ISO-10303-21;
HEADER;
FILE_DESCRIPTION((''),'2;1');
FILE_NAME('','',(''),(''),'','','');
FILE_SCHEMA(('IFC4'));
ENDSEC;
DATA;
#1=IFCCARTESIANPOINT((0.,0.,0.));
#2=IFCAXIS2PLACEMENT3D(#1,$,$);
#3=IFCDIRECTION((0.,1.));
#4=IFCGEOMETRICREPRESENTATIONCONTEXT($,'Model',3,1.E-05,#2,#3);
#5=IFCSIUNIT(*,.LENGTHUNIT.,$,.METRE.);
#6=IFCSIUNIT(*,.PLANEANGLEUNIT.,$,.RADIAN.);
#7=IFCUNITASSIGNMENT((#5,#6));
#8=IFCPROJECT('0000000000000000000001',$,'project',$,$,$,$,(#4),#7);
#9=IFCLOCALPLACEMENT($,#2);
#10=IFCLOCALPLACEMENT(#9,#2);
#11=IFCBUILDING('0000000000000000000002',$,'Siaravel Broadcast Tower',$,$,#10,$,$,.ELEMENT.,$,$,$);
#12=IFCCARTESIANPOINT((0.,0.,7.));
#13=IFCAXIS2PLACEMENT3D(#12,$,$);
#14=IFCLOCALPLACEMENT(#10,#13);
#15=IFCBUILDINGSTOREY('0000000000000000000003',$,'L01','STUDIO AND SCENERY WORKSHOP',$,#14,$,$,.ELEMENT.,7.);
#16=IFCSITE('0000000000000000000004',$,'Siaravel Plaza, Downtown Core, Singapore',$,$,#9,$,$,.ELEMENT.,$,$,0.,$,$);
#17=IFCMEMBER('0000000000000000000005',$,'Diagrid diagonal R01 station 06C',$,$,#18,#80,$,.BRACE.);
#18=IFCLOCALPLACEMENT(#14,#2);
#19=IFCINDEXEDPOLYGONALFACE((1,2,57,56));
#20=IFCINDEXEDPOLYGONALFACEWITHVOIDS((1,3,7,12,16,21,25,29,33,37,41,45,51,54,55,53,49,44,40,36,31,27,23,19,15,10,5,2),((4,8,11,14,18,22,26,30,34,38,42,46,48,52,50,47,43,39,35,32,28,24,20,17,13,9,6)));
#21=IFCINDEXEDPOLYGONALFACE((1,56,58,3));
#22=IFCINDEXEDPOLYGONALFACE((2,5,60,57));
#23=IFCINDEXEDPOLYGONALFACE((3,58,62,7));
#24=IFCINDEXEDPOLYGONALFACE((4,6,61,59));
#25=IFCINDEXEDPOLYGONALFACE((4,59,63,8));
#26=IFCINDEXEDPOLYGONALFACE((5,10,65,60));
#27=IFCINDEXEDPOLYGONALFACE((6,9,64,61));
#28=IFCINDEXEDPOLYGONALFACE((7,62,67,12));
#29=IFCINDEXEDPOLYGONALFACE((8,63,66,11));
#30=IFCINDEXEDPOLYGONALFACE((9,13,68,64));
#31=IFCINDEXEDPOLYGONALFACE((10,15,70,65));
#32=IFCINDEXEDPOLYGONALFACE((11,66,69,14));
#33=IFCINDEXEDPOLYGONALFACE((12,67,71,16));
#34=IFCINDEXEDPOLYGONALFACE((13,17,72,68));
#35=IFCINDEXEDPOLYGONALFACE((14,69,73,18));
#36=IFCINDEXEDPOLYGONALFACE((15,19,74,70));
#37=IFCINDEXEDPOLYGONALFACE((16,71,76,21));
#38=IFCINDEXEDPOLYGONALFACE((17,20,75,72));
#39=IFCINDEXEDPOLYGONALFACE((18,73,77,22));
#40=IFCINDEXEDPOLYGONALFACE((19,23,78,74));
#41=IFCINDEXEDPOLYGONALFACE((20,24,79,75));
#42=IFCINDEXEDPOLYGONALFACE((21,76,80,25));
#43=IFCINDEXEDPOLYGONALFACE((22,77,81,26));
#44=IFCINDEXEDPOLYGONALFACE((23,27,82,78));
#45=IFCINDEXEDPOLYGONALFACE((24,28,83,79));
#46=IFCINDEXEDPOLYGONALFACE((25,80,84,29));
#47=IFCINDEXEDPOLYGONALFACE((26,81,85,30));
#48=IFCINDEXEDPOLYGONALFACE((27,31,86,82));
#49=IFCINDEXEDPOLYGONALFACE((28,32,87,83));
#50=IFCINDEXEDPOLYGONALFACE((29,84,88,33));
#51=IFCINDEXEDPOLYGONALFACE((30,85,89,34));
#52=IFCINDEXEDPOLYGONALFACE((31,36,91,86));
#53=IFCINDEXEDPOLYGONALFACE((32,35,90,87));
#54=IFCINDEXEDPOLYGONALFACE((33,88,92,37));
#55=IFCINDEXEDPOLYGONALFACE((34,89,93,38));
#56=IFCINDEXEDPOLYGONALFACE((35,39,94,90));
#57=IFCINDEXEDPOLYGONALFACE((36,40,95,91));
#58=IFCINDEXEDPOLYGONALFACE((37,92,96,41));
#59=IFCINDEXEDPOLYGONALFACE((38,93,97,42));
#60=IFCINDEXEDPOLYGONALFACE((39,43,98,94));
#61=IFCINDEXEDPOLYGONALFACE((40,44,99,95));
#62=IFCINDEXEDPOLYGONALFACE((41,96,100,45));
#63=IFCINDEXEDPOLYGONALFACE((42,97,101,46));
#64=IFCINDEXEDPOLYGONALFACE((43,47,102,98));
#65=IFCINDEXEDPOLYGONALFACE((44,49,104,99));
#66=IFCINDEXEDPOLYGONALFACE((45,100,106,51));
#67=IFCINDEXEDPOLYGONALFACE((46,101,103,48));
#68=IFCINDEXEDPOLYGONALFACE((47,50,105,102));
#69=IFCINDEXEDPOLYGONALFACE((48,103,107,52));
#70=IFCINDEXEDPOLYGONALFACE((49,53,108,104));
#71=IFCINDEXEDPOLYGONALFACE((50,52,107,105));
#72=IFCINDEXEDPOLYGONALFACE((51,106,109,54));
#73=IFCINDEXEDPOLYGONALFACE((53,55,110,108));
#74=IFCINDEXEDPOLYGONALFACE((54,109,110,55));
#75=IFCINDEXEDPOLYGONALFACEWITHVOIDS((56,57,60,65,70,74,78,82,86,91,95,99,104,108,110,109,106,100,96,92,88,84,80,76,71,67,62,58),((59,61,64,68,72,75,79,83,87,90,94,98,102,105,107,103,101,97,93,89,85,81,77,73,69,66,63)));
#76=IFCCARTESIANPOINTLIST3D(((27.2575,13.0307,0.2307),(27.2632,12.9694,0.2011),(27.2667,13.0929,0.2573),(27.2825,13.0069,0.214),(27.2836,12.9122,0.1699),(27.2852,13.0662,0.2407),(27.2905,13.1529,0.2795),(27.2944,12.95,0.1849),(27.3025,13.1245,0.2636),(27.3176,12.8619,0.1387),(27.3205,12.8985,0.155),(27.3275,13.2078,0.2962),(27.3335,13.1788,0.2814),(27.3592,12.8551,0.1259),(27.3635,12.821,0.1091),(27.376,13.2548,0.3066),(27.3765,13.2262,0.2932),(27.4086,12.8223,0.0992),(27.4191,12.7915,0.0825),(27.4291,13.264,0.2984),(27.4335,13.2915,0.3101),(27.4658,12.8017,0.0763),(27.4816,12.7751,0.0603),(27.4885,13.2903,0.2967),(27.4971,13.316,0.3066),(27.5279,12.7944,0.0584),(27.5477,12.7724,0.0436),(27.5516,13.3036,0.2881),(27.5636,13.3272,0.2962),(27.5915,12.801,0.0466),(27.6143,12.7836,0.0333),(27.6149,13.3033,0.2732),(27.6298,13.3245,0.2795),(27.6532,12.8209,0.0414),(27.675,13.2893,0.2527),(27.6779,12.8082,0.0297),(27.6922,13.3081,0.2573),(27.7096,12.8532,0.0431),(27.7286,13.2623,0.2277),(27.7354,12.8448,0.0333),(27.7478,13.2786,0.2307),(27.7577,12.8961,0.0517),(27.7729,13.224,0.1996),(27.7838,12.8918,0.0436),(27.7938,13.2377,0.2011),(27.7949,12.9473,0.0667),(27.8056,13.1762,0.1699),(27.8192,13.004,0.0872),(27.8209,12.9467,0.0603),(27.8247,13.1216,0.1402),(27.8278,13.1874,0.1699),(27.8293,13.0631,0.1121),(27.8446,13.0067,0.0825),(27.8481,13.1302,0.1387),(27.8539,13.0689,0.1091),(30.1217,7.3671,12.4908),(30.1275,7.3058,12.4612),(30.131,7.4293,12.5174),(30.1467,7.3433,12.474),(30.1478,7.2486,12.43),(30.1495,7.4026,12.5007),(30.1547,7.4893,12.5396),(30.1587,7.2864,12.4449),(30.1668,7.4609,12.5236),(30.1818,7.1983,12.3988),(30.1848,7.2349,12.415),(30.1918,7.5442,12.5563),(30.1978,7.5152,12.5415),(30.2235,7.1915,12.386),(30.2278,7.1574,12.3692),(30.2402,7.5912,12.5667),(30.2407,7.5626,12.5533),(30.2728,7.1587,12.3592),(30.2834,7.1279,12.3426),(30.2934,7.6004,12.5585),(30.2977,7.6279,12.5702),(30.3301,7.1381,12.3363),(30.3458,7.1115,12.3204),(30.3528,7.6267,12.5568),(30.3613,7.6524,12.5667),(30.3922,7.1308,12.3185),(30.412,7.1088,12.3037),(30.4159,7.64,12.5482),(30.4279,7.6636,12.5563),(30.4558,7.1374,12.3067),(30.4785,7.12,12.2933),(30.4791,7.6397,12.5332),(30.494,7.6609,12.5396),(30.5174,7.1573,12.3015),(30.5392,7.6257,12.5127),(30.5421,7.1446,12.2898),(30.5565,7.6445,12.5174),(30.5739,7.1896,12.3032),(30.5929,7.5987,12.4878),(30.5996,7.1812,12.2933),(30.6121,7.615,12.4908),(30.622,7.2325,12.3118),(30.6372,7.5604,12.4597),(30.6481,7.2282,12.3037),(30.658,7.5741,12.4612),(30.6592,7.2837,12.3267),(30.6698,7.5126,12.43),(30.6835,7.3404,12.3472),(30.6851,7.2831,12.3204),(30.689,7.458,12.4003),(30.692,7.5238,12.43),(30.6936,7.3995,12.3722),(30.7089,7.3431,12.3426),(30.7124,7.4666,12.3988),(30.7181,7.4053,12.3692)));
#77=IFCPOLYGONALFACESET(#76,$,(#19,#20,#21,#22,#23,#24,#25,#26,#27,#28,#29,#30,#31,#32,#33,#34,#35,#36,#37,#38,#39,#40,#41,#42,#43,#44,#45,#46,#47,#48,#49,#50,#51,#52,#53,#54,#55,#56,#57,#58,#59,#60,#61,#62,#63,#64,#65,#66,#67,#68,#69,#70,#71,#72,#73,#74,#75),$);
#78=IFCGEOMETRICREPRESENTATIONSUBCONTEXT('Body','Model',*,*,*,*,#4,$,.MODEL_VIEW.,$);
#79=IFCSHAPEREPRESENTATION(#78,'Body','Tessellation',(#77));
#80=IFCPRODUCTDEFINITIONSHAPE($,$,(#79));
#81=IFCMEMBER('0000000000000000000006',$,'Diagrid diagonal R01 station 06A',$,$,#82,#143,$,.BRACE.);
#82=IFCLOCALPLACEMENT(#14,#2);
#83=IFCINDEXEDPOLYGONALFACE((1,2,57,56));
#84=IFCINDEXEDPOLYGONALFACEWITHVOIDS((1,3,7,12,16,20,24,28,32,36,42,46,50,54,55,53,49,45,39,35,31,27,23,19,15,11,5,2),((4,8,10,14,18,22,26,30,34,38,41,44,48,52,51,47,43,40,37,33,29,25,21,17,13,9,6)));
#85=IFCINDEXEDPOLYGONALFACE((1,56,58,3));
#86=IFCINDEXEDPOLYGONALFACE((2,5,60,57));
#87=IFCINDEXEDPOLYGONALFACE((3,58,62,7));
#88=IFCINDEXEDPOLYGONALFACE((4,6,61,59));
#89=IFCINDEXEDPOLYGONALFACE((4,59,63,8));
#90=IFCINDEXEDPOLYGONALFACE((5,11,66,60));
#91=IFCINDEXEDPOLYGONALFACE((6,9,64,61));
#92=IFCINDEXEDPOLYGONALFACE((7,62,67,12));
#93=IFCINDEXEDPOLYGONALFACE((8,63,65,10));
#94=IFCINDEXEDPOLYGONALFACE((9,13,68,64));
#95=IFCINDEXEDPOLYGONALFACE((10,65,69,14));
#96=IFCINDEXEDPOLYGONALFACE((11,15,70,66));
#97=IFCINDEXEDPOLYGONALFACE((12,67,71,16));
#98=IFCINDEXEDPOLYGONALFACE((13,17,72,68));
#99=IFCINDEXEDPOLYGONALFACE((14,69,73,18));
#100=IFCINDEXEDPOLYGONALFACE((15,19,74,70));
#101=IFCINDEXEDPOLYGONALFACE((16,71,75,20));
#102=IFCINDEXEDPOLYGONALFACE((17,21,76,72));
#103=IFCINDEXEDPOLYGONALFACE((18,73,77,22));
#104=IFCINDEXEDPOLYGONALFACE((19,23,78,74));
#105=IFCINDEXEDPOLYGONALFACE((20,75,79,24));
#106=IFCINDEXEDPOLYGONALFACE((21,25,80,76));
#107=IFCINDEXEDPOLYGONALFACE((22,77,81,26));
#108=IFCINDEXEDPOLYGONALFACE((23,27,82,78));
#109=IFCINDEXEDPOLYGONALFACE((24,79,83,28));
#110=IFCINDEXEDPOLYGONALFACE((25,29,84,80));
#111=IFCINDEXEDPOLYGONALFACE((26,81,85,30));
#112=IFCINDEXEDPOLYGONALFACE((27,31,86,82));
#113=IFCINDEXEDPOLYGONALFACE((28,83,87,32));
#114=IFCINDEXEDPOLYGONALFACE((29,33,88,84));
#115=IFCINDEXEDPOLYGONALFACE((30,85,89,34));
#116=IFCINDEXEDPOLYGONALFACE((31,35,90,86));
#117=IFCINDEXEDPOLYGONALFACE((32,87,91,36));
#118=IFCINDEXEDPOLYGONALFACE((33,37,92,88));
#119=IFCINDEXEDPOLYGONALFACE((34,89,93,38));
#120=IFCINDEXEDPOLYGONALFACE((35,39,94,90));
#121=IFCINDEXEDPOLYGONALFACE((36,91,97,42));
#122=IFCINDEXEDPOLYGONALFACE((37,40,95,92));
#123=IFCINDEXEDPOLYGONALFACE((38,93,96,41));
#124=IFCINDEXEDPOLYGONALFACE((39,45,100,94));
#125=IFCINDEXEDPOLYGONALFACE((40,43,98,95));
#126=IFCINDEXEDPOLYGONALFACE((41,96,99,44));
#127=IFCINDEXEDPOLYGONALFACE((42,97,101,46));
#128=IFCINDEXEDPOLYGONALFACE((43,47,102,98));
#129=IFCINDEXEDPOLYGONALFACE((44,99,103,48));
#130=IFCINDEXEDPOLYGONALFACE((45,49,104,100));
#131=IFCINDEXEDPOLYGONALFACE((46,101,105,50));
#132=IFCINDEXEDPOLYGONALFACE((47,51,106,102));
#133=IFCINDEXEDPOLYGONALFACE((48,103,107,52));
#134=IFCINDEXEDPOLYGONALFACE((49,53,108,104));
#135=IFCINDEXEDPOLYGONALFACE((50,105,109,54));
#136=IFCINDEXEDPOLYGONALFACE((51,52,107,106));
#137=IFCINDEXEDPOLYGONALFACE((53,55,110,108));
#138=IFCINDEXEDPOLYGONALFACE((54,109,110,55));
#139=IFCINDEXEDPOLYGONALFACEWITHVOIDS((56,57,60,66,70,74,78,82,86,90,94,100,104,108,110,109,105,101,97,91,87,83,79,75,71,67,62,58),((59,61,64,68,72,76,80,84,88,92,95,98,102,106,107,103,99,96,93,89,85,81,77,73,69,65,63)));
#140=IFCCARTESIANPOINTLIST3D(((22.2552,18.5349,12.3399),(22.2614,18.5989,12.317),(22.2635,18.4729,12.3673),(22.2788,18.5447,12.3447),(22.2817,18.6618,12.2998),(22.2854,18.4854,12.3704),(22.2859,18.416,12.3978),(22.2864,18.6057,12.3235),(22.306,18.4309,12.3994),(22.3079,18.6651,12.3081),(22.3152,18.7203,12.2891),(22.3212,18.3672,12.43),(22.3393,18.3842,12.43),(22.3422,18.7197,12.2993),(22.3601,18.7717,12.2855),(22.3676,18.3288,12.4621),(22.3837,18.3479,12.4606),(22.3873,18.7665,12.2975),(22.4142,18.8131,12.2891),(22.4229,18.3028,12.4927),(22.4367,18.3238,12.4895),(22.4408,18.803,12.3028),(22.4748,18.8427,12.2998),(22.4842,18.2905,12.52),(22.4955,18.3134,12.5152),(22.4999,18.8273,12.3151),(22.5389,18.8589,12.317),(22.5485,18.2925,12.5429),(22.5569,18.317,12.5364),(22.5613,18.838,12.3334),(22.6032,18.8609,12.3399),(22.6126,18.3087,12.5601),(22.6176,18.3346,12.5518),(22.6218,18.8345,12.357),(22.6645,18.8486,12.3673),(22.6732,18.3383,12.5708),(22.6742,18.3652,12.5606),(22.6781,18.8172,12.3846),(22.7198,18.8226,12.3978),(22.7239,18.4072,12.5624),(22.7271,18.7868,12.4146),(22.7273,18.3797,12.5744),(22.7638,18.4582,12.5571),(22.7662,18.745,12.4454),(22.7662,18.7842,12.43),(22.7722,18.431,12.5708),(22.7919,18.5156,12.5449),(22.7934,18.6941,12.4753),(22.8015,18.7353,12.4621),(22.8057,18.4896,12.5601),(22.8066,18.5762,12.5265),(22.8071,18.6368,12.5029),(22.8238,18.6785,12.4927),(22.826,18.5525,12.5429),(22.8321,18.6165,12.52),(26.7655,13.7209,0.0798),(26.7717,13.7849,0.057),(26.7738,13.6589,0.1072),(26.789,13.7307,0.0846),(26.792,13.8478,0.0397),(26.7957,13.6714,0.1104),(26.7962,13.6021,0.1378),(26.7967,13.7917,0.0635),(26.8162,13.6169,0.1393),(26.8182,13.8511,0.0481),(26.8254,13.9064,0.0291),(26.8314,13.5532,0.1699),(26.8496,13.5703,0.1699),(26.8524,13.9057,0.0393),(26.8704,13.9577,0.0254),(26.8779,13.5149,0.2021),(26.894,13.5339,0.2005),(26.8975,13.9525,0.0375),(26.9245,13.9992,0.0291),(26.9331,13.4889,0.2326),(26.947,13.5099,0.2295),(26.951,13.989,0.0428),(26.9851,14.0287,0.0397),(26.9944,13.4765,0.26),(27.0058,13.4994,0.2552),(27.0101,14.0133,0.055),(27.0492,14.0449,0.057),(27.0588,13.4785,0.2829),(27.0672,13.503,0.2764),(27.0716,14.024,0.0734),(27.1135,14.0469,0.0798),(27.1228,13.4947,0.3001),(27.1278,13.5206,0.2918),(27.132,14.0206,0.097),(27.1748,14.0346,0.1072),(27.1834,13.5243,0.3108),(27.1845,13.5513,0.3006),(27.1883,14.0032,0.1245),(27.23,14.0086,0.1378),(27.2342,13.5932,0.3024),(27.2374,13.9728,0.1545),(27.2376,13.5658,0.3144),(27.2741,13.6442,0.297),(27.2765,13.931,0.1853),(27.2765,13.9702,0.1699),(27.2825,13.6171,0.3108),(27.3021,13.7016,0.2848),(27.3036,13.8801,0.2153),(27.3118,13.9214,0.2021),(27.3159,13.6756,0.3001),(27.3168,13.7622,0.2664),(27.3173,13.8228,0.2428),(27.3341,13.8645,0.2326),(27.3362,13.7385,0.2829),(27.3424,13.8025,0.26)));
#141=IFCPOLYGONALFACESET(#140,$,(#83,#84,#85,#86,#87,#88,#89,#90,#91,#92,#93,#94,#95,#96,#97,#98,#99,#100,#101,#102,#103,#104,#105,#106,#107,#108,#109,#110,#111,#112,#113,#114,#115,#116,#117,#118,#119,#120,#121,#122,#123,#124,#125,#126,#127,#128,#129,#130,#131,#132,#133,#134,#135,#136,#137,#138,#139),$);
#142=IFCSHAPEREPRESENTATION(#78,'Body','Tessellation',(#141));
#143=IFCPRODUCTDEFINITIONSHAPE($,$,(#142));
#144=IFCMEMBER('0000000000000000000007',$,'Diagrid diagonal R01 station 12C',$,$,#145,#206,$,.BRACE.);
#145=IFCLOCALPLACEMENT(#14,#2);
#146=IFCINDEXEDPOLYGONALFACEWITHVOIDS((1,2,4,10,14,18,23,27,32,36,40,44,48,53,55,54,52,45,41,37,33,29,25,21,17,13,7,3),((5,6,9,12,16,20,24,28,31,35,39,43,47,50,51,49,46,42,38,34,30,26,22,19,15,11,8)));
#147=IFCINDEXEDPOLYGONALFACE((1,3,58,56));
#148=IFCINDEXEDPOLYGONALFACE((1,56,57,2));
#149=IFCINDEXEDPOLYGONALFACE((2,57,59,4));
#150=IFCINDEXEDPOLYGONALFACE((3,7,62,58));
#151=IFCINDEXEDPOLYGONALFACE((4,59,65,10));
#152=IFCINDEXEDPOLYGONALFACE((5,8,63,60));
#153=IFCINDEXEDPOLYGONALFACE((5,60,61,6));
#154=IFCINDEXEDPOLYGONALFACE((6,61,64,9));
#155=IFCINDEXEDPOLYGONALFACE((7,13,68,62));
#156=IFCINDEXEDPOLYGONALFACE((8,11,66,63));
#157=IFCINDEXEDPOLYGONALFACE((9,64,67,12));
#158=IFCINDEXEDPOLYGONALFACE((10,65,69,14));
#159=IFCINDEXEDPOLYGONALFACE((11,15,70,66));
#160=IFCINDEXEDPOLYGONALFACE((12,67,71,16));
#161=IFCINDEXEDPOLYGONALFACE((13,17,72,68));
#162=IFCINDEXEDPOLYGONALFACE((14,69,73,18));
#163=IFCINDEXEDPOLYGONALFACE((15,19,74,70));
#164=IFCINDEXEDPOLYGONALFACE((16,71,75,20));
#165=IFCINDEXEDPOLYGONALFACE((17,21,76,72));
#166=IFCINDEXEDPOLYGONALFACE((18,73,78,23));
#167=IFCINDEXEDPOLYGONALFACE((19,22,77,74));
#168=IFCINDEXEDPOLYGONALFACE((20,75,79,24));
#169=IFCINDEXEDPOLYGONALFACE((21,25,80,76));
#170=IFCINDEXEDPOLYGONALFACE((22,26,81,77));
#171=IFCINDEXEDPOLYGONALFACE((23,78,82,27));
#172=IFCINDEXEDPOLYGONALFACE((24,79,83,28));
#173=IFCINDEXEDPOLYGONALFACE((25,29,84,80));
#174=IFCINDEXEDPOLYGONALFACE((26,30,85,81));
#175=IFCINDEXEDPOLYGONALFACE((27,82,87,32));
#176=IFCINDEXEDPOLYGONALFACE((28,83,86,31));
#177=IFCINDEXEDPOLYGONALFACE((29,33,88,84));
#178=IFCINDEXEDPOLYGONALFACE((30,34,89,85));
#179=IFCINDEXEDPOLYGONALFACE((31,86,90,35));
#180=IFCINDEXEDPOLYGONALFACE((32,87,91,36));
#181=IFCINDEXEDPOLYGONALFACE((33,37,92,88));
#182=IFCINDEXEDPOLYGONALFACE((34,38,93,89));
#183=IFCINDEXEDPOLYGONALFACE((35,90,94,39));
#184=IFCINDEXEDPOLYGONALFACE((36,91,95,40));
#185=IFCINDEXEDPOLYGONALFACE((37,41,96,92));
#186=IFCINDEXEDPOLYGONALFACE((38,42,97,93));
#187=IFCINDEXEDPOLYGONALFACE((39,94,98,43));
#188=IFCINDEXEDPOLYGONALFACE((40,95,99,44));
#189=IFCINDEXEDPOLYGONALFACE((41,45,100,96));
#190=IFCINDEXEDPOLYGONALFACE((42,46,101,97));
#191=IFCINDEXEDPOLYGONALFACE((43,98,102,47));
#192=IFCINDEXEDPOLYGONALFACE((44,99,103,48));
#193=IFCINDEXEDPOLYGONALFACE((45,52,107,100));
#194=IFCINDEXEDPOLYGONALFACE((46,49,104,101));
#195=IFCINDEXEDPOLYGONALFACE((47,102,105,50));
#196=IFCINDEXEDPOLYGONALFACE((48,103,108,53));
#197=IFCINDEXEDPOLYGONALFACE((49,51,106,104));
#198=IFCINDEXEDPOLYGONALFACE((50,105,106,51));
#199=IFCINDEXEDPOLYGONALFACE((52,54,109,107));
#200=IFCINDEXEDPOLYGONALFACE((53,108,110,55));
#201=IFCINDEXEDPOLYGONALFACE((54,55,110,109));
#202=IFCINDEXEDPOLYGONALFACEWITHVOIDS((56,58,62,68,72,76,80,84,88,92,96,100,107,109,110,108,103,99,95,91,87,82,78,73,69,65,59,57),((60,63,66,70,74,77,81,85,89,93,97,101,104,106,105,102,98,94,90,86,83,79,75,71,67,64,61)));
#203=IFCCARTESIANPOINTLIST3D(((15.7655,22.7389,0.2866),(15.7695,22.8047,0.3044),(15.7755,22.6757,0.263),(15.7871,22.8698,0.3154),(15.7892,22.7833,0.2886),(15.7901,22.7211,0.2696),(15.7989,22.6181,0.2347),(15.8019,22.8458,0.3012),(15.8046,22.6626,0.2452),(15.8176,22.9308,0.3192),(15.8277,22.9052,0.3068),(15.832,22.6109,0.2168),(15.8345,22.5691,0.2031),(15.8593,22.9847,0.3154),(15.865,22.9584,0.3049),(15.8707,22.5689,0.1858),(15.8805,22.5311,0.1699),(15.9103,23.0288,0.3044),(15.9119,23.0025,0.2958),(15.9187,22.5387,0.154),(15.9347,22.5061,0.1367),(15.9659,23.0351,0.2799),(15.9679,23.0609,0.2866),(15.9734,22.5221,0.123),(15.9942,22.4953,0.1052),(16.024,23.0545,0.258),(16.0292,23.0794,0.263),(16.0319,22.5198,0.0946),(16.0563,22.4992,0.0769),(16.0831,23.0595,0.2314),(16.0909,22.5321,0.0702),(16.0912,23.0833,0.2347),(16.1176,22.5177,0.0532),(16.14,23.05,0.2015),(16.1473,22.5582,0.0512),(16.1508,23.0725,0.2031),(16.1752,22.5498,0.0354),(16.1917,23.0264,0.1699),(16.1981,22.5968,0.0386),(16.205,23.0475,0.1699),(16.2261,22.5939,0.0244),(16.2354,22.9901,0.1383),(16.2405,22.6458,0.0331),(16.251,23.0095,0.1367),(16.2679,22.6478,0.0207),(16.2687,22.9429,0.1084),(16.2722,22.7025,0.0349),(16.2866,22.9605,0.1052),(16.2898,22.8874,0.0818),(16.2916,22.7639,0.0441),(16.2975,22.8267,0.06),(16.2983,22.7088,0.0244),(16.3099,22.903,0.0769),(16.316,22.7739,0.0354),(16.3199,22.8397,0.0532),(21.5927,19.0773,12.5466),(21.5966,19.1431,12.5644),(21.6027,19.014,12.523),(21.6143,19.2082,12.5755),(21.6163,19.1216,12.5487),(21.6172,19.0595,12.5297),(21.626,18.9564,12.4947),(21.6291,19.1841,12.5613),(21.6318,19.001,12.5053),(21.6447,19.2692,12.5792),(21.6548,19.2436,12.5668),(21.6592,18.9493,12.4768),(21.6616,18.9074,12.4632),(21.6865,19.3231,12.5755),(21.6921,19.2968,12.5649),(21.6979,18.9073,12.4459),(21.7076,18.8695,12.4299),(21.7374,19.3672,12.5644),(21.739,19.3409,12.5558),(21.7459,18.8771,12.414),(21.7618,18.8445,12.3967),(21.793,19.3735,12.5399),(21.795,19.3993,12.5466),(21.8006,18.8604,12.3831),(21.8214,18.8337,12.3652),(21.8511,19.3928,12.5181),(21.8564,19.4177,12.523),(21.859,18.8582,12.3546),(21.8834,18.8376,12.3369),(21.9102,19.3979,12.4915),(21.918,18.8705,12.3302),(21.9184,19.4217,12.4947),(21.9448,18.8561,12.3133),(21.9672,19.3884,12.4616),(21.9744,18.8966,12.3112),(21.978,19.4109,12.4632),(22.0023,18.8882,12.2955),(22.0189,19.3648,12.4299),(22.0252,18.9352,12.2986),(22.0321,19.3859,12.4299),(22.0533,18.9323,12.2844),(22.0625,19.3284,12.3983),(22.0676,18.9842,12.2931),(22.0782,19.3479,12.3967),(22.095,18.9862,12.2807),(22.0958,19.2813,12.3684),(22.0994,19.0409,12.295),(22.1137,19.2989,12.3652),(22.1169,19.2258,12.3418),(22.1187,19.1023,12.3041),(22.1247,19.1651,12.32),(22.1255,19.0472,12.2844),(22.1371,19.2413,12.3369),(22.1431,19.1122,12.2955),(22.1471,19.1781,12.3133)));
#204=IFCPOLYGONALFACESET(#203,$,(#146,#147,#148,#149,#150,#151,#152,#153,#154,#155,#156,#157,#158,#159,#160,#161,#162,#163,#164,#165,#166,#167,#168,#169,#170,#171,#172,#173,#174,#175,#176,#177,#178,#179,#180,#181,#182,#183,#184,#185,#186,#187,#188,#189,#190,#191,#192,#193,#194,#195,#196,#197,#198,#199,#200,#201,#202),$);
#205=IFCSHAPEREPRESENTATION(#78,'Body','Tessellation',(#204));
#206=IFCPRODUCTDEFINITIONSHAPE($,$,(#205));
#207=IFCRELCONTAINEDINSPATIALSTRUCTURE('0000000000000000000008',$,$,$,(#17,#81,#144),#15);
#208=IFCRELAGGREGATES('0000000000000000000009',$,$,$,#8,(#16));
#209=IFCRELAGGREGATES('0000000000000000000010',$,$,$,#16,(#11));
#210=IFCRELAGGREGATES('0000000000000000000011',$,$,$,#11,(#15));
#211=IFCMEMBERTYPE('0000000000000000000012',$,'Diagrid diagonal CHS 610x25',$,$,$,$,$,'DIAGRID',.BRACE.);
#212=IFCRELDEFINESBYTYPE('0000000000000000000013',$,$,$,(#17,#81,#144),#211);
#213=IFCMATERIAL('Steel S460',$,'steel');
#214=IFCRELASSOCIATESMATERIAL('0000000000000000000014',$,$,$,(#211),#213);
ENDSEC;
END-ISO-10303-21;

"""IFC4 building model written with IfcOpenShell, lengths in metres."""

from ifc_helpers import new_model, si_unit, direction, frame, origin, origin_2d, place, context, subcontext, project, spatial, hollow_circle, extrude, material, material_profile, profile_set, type_object, element, save


model = new_model("IFC4")

# Units and contexts
model_context = context("Model", 3, precision=1e-05, world=origin(), true_north=direction((0.0, 1.0)))
body_context = subcontext(model_context, "Body", "Model", "MODEL_VIEW")
ifc_project = project(units=[si_unit("LENGTHUNIT", "METRE"), si_unit("PLANEANGLEUNIT", "RADIAN")], contexts=[model_context])

# Site, building, storey
site_placement = place(None, origin())
site = spatial("IfcSite", under=ifc_project, at=site_placement, Name="Siaravel Plaza, Downtown Core, Singapore", CompositionType="ELEMENT", RefElevation=0.0)
building_placement = place(site_placement, origin())
building = spatial("IfcBuilding", under=site, at=building_placement, Name="Siaravel Broadcast Tower", CompositionType="ELEMENT")
storey_placement = place(building_placement, frame((0.0, 0.0, 7.0)))
storey = spatial("IfcBuildingStorey", under=building, at=storey_placement, Name="L01", Description="STUDIO AND SCENERY WORKSHOP", CompositionType="ELEMENT", Elevation=7.0)

# Members
ifc_material_1 = material(Name="Steel S460", Category="steel")
ifc_material_profile_1 = material_profile(ifc_material_1, hollow_circle(Radius=0.3049, WallThickness=0.0249, at=origin_2d()))
ifc_profile_set_1 = profile_set([ifc_material_profile_1], Name="Steel S460")
member_type_1 = type_object("IfcMemberType", Name="Diagrid diagonal CHS 610x25", ElementType="DIAGRID", PredefinedType="BRACE", material=ifc_profile_set_1)
member_1_placement = place(storey_placement, frame((27.5557, 13.0498, 0.1699), z_axis=(0.207474, -0.410245, 0.888062), x_axis=(0.892371, 0.451302, 0.0)))
element("IfcMember", 1, at=member_1_placement, inside=storey, type_object=member_type_1, Name="Diagrid diagonal R01 station 06C", PredefinedType="BRACE", context=body_context, shape_type="SweptSolid", body=[
    extrude(hollow_circle(Radius=0.3049, WallThickness=0.0249, at=origin_2d()), origin(), (0.0, 0.0, 1.0), 13.8054),
])
member_2_placement = place(storey_placement, frame((27.054, 13.7617, 0.1699), z_axis=(-0.323964, 0.345779, 0.880616), x_axis=(-0.729752, -0.683712, 0.0)))
element("IfcMember", 2, at=member_2_placement, inside=storey, type_object=member_type_1, Name="Diagrid diagonal R01 station 06A", PredefinedType="BRACE", context=body_context, shape_type="SweptSolid", body=[
    extrude(hollow_circle(Radius=0.3049, WallThickness=0.0249, at=origin_2d()), origin(), (0.0, 0.0, 1.0), 13.9221),
])
member_3_placement = place(storey_placement, frame((16.0427, 22.7893, 0.1699), z_axis=(0.414462, -0.260437, 0.872006), x_axis=(0.532051, 0.846712, 0.0)))
element("IfcMember", 3, at=member_3_placement, inside=storey, type_object=member_type_1, Name="Diagrid diagonal R01 station 12C", PredefinedType="BRACE", context=body_context, shape_type="SweptSolid", body=[
    extrude(hollow_circle(Radius=0.3049, WallThickness=0.0249, at=origin_2d()), origin(), (0.0, 0.0, 1.0), 14.0596),
])

save(model, "model.ifc")
